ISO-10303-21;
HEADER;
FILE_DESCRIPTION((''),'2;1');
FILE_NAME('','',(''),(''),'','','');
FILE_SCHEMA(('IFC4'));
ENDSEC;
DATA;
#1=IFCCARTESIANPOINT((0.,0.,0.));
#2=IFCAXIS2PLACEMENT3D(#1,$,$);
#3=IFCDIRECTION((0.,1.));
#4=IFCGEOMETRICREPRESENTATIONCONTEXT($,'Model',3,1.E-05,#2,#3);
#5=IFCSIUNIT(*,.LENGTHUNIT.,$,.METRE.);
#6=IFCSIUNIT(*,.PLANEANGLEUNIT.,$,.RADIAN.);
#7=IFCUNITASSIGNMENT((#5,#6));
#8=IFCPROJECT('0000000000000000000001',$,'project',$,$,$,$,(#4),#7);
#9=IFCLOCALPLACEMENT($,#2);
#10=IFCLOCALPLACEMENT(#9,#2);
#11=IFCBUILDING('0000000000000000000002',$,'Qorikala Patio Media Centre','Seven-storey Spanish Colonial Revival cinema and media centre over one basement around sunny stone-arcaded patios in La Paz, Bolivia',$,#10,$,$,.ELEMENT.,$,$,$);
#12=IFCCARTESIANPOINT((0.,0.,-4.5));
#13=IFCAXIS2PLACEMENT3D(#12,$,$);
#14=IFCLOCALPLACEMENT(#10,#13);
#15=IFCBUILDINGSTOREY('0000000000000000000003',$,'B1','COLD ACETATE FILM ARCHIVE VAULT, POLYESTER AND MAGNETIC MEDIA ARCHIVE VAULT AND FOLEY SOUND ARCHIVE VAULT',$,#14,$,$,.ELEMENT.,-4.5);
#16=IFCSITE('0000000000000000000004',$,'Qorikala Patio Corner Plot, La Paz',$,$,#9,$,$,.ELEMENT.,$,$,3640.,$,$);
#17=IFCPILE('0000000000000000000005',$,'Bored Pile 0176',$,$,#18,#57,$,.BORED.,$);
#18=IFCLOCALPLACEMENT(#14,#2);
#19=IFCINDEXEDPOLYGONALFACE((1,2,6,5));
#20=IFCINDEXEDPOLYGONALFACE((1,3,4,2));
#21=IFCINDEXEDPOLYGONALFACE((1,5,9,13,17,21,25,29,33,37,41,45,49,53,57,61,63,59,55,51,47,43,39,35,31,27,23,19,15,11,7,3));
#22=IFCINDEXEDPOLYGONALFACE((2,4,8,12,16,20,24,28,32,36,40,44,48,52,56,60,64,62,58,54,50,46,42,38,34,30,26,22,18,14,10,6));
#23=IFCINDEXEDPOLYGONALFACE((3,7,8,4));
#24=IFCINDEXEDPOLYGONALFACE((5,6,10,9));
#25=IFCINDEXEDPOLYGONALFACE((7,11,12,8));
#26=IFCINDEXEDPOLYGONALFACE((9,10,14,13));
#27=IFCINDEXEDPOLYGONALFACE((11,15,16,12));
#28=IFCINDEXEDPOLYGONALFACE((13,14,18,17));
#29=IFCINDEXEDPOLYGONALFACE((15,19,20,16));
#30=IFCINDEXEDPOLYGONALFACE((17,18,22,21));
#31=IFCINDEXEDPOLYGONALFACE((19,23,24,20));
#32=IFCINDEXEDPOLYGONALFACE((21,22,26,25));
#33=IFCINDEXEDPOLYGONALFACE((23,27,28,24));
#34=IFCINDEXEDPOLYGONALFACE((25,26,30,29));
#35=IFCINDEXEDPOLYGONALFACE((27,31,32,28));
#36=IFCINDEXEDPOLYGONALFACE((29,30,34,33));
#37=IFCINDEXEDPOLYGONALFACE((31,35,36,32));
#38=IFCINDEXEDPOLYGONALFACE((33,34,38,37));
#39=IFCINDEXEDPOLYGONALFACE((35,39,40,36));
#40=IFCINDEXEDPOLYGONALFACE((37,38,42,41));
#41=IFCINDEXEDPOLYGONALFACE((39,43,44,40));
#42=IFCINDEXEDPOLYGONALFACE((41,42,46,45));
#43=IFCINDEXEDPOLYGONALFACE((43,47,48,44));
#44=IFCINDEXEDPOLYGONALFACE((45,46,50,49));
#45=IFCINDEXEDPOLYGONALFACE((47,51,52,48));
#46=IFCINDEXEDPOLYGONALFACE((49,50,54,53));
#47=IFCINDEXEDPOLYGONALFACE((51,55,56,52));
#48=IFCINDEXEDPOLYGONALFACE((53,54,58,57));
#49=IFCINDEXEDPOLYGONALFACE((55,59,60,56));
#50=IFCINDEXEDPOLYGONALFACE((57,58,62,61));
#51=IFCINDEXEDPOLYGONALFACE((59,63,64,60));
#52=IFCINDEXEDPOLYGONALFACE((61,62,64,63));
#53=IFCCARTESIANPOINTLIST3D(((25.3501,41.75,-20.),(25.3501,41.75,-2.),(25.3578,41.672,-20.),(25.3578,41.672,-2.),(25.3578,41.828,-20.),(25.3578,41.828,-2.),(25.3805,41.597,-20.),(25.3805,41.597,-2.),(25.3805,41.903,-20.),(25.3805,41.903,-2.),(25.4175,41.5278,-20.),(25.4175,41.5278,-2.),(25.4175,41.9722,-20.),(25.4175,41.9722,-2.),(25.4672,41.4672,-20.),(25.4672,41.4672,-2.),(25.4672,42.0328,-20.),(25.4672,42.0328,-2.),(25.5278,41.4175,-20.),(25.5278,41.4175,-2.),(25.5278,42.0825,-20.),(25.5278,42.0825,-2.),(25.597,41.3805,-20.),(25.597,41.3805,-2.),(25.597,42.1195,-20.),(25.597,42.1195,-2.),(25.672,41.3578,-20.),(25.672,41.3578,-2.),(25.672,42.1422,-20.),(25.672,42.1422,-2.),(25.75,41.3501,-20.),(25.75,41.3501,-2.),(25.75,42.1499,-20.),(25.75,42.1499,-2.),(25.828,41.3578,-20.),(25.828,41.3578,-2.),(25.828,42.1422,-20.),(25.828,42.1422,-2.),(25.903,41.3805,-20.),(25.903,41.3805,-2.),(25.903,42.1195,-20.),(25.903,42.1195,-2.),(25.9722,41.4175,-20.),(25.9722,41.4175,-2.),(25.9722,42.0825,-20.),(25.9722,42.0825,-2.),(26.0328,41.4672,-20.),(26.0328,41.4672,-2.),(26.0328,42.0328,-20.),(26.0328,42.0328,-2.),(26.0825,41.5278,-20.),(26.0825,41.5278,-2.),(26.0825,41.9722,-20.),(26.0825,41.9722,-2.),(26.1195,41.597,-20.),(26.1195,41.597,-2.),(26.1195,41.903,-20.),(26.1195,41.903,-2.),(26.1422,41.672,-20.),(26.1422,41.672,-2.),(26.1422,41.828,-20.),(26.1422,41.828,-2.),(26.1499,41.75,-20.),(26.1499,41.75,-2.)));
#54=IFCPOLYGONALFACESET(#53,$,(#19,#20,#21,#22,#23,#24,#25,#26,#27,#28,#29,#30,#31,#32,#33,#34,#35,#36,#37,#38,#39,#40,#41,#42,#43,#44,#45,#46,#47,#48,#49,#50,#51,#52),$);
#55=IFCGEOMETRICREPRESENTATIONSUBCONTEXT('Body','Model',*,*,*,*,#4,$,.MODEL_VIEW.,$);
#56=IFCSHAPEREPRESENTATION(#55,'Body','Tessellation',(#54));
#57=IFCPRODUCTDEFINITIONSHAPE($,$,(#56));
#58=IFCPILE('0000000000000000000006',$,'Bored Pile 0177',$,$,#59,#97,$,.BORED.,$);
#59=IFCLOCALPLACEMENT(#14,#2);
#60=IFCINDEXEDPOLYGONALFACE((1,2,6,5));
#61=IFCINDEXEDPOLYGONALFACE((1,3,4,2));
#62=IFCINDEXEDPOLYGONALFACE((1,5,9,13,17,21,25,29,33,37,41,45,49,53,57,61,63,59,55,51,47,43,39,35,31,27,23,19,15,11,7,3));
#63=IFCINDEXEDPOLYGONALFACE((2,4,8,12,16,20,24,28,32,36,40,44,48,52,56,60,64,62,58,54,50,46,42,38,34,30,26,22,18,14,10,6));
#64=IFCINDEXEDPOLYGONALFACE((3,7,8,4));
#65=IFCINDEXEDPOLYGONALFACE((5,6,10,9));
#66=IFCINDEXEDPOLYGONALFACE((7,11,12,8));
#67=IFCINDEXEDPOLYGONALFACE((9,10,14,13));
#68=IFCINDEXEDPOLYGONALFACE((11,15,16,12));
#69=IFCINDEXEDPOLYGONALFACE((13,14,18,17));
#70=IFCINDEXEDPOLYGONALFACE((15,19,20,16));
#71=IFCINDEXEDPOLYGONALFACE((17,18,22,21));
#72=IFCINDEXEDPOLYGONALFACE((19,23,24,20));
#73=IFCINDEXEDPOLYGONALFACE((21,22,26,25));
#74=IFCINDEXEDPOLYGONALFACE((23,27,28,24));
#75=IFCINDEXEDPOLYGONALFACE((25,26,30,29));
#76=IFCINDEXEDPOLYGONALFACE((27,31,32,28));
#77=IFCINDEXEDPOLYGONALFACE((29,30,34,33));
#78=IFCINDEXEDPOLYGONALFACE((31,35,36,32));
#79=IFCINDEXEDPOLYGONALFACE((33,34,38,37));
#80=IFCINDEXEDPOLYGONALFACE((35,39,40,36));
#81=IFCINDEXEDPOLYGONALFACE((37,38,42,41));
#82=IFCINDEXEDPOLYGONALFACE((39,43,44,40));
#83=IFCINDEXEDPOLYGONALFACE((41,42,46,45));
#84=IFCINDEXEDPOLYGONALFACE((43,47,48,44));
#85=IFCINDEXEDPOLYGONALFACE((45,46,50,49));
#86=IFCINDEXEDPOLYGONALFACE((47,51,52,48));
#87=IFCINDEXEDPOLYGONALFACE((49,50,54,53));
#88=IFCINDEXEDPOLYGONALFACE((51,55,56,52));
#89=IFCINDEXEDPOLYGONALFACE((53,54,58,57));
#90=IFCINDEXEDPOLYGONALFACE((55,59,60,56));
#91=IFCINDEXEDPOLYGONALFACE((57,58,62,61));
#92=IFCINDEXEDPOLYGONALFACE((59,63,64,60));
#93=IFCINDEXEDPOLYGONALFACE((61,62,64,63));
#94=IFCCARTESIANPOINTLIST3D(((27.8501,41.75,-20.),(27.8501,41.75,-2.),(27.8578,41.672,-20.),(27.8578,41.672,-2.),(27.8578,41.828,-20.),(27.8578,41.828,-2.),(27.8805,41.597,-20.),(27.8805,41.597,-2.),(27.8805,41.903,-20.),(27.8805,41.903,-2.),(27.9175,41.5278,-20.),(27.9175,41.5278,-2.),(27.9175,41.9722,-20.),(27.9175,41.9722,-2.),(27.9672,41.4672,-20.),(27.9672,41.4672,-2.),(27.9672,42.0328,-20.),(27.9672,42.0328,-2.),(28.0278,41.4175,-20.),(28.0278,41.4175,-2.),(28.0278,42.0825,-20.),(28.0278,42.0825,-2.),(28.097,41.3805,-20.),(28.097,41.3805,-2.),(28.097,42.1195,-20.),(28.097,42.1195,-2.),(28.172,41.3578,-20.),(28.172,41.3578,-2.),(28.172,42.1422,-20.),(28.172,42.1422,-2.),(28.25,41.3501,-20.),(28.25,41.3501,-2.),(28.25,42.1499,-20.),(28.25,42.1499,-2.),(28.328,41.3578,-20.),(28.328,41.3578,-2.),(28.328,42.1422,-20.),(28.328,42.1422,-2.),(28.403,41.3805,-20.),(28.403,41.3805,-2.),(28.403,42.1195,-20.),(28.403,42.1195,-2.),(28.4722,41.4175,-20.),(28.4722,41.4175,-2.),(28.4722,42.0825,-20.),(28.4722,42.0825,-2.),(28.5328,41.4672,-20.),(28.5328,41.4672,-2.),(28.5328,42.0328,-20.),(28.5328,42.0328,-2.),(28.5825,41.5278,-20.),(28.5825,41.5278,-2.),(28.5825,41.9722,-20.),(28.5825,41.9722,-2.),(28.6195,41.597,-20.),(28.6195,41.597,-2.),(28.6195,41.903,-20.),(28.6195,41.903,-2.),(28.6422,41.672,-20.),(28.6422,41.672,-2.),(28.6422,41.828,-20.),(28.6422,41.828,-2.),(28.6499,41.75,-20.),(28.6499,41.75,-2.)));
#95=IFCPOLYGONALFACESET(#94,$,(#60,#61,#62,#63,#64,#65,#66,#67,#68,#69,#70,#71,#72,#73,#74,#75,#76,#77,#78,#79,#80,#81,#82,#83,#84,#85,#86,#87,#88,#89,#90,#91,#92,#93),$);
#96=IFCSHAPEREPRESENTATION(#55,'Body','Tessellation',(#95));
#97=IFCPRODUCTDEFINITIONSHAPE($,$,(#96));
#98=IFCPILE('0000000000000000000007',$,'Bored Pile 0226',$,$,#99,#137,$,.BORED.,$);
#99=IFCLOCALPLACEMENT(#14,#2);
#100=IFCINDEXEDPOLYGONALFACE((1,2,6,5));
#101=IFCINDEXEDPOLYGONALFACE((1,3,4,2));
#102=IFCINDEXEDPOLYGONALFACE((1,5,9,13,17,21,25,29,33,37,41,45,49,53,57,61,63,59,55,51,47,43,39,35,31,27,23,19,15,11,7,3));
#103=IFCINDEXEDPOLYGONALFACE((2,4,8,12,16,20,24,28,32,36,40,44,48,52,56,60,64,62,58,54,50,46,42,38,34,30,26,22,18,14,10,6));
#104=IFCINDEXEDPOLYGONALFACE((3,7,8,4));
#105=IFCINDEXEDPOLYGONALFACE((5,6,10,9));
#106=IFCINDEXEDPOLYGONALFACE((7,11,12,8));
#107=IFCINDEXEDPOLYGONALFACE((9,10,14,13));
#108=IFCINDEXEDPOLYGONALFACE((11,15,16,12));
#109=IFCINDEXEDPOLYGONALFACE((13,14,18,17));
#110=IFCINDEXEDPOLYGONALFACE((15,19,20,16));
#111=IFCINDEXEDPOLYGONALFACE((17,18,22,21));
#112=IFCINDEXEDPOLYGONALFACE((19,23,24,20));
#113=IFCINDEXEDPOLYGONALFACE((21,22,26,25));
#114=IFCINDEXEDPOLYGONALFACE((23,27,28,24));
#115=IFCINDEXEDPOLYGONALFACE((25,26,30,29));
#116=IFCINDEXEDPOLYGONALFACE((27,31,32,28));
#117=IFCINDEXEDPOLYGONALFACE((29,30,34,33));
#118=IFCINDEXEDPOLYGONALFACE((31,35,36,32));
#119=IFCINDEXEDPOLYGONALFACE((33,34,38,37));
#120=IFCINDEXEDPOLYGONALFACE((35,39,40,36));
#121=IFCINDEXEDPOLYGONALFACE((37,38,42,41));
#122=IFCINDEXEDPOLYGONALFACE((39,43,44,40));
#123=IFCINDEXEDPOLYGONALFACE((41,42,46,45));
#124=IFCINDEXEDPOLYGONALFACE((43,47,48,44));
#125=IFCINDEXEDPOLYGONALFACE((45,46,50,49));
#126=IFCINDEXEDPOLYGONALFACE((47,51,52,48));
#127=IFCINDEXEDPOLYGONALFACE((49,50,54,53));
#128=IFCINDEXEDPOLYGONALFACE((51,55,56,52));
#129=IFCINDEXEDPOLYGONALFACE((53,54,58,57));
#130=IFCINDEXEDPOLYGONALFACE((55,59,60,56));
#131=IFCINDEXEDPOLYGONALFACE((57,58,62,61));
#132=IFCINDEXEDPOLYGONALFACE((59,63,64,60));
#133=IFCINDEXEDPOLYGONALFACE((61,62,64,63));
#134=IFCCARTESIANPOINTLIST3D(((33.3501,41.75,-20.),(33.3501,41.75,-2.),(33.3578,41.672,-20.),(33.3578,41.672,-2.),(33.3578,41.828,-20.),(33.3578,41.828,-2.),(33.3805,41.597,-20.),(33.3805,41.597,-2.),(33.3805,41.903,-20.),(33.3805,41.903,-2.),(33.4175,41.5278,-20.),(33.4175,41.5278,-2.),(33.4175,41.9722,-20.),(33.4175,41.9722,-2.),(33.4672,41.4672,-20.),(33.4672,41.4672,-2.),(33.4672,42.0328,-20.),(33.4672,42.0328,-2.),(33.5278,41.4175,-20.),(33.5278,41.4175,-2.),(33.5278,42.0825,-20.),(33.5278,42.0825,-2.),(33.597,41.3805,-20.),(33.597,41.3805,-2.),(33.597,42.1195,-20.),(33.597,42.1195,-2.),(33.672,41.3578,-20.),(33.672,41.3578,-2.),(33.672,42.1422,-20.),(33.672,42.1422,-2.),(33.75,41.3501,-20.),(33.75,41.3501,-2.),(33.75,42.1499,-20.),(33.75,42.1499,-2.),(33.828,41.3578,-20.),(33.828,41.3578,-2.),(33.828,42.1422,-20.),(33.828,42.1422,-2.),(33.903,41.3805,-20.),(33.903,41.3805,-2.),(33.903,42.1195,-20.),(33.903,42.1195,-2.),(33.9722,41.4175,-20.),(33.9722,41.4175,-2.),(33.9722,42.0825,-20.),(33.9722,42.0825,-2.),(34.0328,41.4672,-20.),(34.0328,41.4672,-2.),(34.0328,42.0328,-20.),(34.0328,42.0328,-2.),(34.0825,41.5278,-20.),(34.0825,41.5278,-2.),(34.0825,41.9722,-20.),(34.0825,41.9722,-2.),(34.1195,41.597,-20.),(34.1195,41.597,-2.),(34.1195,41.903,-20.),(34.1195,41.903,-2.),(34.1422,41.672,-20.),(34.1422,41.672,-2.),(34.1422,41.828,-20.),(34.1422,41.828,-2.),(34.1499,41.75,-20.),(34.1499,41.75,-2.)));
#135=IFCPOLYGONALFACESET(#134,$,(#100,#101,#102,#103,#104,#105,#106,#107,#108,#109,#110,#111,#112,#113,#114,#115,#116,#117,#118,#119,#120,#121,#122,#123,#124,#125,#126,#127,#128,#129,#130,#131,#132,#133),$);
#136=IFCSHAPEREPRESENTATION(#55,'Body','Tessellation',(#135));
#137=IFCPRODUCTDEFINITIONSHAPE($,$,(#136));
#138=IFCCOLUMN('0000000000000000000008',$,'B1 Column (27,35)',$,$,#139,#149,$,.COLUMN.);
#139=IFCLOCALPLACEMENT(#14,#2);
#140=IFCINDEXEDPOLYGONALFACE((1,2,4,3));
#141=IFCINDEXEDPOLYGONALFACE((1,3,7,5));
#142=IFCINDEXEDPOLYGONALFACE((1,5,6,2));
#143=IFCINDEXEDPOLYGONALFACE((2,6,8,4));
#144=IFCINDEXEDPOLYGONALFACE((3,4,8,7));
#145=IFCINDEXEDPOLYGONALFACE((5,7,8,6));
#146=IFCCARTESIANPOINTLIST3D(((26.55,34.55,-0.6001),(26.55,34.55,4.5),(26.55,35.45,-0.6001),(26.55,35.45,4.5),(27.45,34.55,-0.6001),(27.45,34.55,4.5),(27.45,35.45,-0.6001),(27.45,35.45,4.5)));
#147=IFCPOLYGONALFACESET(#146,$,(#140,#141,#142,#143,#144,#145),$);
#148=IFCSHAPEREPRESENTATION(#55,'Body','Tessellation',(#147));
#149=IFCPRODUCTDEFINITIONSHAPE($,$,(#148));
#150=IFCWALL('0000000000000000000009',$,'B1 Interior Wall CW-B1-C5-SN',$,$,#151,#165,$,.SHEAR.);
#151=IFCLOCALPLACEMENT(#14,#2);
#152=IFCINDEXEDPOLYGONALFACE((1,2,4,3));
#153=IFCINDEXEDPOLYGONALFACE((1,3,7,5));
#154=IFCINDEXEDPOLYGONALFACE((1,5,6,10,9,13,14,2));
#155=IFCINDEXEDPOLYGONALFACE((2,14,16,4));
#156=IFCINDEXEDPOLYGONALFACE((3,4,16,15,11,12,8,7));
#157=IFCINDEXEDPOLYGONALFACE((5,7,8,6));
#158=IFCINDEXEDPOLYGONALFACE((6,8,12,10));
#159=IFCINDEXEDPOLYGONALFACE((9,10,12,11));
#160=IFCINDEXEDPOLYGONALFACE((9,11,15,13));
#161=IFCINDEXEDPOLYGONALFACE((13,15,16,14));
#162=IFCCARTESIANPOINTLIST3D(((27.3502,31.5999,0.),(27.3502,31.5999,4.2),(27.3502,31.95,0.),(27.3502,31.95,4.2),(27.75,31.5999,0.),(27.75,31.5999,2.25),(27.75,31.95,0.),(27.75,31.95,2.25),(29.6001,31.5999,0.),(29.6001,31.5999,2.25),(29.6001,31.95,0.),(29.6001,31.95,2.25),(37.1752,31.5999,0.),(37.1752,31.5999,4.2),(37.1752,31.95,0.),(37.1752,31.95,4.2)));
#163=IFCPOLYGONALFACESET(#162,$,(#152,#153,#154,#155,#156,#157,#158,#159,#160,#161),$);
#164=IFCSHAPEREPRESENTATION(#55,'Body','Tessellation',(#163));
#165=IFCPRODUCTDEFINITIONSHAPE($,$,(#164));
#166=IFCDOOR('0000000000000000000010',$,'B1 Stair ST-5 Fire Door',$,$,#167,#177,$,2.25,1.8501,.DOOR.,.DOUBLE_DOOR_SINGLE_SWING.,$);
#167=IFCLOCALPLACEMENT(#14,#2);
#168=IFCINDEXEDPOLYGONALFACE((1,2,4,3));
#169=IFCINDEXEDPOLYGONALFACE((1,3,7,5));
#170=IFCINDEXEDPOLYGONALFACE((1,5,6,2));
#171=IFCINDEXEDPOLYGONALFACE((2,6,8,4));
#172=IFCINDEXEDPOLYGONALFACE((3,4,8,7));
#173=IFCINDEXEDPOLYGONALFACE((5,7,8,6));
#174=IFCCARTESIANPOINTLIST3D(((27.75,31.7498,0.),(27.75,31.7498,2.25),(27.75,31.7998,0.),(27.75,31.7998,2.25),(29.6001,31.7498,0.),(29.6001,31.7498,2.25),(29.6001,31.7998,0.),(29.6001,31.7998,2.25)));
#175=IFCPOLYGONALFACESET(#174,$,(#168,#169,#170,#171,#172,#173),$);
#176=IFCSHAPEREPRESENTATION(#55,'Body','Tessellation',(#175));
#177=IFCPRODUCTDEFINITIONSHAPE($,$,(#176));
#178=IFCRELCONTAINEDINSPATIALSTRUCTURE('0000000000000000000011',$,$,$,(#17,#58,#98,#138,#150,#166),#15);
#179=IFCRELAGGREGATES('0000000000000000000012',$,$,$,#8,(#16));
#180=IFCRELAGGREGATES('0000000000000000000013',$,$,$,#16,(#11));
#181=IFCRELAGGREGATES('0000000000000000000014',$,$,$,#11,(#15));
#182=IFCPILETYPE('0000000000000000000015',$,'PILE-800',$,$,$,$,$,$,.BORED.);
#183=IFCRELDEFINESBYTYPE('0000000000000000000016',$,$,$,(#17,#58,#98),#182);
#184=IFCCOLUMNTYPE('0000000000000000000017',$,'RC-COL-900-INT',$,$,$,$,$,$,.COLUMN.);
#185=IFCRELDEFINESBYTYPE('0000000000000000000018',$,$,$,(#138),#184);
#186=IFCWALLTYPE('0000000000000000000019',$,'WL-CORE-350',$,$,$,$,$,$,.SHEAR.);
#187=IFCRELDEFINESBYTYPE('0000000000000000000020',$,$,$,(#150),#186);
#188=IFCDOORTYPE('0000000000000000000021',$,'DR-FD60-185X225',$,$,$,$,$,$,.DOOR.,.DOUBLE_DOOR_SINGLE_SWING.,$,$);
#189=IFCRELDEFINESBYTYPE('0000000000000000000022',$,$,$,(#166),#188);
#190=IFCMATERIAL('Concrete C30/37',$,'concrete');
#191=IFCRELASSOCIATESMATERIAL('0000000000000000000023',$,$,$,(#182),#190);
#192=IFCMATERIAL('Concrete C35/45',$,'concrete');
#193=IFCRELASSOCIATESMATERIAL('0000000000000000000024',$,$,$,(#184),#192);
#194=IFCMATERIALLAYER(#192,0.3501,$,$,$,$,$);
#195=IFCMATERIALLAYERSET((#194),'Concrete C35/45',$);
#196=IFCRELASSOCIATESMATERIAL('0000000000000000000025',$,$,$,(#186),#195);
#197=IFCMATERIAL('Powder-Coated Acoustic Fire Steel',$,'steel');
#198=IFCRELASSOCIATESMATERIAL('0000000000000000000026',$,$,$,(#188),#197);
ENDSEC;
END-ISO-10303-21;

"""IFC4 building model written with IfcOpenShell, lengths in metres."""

from ifc_helpers import new_model, si_unit, direction, frame, frame_2d, origin, origin_2d, place, context, subcontext, project, spatial, rectangle, circle, extrude, material, layer, layer_set, material_profile, profile_set, type_object, element, fill, save


model = new_model("IFC4")

# Units and contexts
model_context = context("Model", 3, precision=1e-05, world=origin(), true_north=direction((0.0, 1.0)))
body_context = subcontext(model_context, "Body", "Model", "MODEL_VIEW")
ifc_project = project(units=[si_unit("LENGTHUNIT", "METRE"), si_unit("PLANEANGLEUNIT", "RADIAN")], contexts=[model_context])

# Site, building, storey
site_placement = place(None, origin())
site = spatial("IfcSite", under=ifc_project, at=site_placement, Name="Qorikala Patio Corner Plot, La Paz", CompositionType="ELEMENT", RefElevation=3640.0)
building_placement = place(site_placement, origin())
building = spatial("IfcBuilding", under=site, at=building_placement, Name="Qorikala Patio Media Centre", Description="Seven-storey Spanish Colonial Revival cinema and media centre over one basement around sunny stone-arcaded patios in La Paz, Bolivia", CompositionType="ELEMENT")
storey_placement = place(building_placement, frame((0.0, 0.0, -4.5)))
storey = spatial("IfcBuildingStorey", under=building, at=storey_placement, Name="B1", Description="COLD ACETATE FILM ARCHIVE VAULT, POLYESTER AND MAGNETIC MEDIA ARCHIVE VAULT AND FOLEY SOUND ARCHIVE VAULT", CompositionType="ELEMENT", Elevation=-4.5)

# Shared definitions
ifc_material_1 = material(Name="Concrete C30/37", Category="concrete")

# Piles
ifc_material_profile_1 = material_profile(ifc_material_1, circle(Radius=0.3999, at=origin_2d()), Name="BORED PILE 800")
ifc_profile_set_1 = profile_set([ifc_material_profile_1], Name="Concrete C30/37")
pile_type_1 = type_object("IfcPileType", Name="PILE-800", PredefinedType="BORED", material=ifc_profile_set_1)
for number, where, z_axis, x_axis, name in (
    (1, (25.75, 41.75, -2.0), (0.0, 0.0, -1.0), (1.0, 0.0, 0.0), "Bored Pile 0176"),
    (2, (28.25, 41.75, -2.0), (0.0, 0.0, -1.0), (1.0, 0.0, 0.0), "Bored Pile 0177"),
    (3, (33.75, 41.75, -2.0), (0.0, 0.0, -1.0), (1.0, 0.0, 0.0), "Bored Pile 0226"),
):
    element("IfcPile", number, at=place(storey_placement, frame(where, z_axis=z_axis, x_axis=x_axis)), inside=storey, type_object=pile_type_1, Name=name, PredefinedType="BORED", context=body_context, shape_type="SweptSolid", body=[
        extrude(circle(Radius=0.3999, at=origin_2d()), origin(), (0.0, 0.0, 1.0), 18.0),
    ])

# Column
ifc_material_2 = material(Name="Concrete C35/45", Category="concrete")
ifc_material_profile_2 = material_profile(ifc_material_2, rectangle(XDim=0.8999, YDim=0.8999, at=origin_2d()), Name="RC 900x900")
ifc_profile_set_2 = profile_set([ifc_material_profile_2], Name="Concrete C35/45")
column_type = type_object("IfcColumnType", Name="RC-COL-900-INT", PredefinedType="COLUMN", material=ifc_profile_set_2)
column_placement = place(storey_placement, frame((27.0, 35.0, -0.6001), z_axis=(0.0, 0.0, 1.0), x_axis=(1.0, 0.0, 0.0)))
element("IfcColumn", 4, at=column_placement, inside=storey, type_object=column_type, Name="B1 Column (27,35)", PredefinedType="COLUMN", context=body_context, shape_type="SweptSolid", body=[
    extrude(rectangle(XDim=0.8999, YDim=0.8999, at=origin_2d()), origin(), (0.0, 0.0, 1.0), 5.1001),
])

# Wall, opening, door
ifc_layer_1 = layer(ifc_material_2, 0.3501)
ifc_layer_set_1 = layer_set([ifc_layer_1], Name="Concrete C35/45")
wall_type_1 = type_object("IfcWallType", Name="WL-CORE-350", PredefinedType="SHEAR", material=ifc_layer_set_1)
wall_1_placement = place(storey_placement, frame((27.3501, 31.7749, 0.0), z_axis=(0.0, 0.0, 1.0), x_axis=(1.0, 0.0, 0.0)))
wall_1 = element("IfcWall", 5, at=wall_1_placement, inside=storey, type_object=wall_type_1, Name="B1 Interior Wall CW-B1-C5-SN", PredefinedType="SHEAR", context=body_context, shape_type="SweptSolid", body=[
    extrude(rectangle(XDim=9.825, YDim=0.3501, at=frame_2d((4.9126, 0.0))), origin(), (0.0, 0.0, 1.0), 4.2),
])
opening_1_placement = place(wall_1_placement, frame((0.3999, 0.0, 0.0)))
opening_1 = element("IfcOpeningElement", 6, at=opening_1_placement, cuts=wall_1, PredefinedType="OPENING", context=body_context, shape_type="SweptSolid", body=[
    extrude(rectangle(XDim=1.8501, YDim=2.25, at=frame_2d((0.925, 1.125))), frame((0.0, 0.1851, 0.0), z_axis=(0.0, -1.0, 0.0), x_axis=(1.0, 0.0, 0.0)), (0.0, 0.0, 1.0), 0.3701),
])
ifc_material_3 = material(Name="Powder-Coated Acoustic Fire Steel", Category="steel")
door_type_1 = type_object("IfcDoorType", Name="DR-FD60-185X225", OperationType="DOUBLE_DOOR_SINGLE_SWING", PredefinedType="DOOR", material=ifc_material_3)
door_1_placement = place(opening_1_placement, origin())
door_1 = element("IfcDoor", 7, at=door_1_placement, inside=storey, type_object=door_type_1, Name="B1 Stair ST-5 Fire Door", OperationType="DOUBLE_DOOR_SINGLE_SWING", OverallHeight=2.25, OverallWidth=1.8501, PredefinedType="DOOR", context=body_context, shape_type="SweptSolid", body=[
    extrude(rectangle(XDim=1.8501, YDim=2.25, at=frame_2d((0.925, 1.125))), frame((0.0, 0.0249, 0.0), z_axis=(0.0, -1.0, 0.0), x_axis=(1.0, 0.0, 0.0)), (0.0, 0.0, 1.0), 0.05),
])
fill(opening_1, door_1)

save(model, "model.ifc")
